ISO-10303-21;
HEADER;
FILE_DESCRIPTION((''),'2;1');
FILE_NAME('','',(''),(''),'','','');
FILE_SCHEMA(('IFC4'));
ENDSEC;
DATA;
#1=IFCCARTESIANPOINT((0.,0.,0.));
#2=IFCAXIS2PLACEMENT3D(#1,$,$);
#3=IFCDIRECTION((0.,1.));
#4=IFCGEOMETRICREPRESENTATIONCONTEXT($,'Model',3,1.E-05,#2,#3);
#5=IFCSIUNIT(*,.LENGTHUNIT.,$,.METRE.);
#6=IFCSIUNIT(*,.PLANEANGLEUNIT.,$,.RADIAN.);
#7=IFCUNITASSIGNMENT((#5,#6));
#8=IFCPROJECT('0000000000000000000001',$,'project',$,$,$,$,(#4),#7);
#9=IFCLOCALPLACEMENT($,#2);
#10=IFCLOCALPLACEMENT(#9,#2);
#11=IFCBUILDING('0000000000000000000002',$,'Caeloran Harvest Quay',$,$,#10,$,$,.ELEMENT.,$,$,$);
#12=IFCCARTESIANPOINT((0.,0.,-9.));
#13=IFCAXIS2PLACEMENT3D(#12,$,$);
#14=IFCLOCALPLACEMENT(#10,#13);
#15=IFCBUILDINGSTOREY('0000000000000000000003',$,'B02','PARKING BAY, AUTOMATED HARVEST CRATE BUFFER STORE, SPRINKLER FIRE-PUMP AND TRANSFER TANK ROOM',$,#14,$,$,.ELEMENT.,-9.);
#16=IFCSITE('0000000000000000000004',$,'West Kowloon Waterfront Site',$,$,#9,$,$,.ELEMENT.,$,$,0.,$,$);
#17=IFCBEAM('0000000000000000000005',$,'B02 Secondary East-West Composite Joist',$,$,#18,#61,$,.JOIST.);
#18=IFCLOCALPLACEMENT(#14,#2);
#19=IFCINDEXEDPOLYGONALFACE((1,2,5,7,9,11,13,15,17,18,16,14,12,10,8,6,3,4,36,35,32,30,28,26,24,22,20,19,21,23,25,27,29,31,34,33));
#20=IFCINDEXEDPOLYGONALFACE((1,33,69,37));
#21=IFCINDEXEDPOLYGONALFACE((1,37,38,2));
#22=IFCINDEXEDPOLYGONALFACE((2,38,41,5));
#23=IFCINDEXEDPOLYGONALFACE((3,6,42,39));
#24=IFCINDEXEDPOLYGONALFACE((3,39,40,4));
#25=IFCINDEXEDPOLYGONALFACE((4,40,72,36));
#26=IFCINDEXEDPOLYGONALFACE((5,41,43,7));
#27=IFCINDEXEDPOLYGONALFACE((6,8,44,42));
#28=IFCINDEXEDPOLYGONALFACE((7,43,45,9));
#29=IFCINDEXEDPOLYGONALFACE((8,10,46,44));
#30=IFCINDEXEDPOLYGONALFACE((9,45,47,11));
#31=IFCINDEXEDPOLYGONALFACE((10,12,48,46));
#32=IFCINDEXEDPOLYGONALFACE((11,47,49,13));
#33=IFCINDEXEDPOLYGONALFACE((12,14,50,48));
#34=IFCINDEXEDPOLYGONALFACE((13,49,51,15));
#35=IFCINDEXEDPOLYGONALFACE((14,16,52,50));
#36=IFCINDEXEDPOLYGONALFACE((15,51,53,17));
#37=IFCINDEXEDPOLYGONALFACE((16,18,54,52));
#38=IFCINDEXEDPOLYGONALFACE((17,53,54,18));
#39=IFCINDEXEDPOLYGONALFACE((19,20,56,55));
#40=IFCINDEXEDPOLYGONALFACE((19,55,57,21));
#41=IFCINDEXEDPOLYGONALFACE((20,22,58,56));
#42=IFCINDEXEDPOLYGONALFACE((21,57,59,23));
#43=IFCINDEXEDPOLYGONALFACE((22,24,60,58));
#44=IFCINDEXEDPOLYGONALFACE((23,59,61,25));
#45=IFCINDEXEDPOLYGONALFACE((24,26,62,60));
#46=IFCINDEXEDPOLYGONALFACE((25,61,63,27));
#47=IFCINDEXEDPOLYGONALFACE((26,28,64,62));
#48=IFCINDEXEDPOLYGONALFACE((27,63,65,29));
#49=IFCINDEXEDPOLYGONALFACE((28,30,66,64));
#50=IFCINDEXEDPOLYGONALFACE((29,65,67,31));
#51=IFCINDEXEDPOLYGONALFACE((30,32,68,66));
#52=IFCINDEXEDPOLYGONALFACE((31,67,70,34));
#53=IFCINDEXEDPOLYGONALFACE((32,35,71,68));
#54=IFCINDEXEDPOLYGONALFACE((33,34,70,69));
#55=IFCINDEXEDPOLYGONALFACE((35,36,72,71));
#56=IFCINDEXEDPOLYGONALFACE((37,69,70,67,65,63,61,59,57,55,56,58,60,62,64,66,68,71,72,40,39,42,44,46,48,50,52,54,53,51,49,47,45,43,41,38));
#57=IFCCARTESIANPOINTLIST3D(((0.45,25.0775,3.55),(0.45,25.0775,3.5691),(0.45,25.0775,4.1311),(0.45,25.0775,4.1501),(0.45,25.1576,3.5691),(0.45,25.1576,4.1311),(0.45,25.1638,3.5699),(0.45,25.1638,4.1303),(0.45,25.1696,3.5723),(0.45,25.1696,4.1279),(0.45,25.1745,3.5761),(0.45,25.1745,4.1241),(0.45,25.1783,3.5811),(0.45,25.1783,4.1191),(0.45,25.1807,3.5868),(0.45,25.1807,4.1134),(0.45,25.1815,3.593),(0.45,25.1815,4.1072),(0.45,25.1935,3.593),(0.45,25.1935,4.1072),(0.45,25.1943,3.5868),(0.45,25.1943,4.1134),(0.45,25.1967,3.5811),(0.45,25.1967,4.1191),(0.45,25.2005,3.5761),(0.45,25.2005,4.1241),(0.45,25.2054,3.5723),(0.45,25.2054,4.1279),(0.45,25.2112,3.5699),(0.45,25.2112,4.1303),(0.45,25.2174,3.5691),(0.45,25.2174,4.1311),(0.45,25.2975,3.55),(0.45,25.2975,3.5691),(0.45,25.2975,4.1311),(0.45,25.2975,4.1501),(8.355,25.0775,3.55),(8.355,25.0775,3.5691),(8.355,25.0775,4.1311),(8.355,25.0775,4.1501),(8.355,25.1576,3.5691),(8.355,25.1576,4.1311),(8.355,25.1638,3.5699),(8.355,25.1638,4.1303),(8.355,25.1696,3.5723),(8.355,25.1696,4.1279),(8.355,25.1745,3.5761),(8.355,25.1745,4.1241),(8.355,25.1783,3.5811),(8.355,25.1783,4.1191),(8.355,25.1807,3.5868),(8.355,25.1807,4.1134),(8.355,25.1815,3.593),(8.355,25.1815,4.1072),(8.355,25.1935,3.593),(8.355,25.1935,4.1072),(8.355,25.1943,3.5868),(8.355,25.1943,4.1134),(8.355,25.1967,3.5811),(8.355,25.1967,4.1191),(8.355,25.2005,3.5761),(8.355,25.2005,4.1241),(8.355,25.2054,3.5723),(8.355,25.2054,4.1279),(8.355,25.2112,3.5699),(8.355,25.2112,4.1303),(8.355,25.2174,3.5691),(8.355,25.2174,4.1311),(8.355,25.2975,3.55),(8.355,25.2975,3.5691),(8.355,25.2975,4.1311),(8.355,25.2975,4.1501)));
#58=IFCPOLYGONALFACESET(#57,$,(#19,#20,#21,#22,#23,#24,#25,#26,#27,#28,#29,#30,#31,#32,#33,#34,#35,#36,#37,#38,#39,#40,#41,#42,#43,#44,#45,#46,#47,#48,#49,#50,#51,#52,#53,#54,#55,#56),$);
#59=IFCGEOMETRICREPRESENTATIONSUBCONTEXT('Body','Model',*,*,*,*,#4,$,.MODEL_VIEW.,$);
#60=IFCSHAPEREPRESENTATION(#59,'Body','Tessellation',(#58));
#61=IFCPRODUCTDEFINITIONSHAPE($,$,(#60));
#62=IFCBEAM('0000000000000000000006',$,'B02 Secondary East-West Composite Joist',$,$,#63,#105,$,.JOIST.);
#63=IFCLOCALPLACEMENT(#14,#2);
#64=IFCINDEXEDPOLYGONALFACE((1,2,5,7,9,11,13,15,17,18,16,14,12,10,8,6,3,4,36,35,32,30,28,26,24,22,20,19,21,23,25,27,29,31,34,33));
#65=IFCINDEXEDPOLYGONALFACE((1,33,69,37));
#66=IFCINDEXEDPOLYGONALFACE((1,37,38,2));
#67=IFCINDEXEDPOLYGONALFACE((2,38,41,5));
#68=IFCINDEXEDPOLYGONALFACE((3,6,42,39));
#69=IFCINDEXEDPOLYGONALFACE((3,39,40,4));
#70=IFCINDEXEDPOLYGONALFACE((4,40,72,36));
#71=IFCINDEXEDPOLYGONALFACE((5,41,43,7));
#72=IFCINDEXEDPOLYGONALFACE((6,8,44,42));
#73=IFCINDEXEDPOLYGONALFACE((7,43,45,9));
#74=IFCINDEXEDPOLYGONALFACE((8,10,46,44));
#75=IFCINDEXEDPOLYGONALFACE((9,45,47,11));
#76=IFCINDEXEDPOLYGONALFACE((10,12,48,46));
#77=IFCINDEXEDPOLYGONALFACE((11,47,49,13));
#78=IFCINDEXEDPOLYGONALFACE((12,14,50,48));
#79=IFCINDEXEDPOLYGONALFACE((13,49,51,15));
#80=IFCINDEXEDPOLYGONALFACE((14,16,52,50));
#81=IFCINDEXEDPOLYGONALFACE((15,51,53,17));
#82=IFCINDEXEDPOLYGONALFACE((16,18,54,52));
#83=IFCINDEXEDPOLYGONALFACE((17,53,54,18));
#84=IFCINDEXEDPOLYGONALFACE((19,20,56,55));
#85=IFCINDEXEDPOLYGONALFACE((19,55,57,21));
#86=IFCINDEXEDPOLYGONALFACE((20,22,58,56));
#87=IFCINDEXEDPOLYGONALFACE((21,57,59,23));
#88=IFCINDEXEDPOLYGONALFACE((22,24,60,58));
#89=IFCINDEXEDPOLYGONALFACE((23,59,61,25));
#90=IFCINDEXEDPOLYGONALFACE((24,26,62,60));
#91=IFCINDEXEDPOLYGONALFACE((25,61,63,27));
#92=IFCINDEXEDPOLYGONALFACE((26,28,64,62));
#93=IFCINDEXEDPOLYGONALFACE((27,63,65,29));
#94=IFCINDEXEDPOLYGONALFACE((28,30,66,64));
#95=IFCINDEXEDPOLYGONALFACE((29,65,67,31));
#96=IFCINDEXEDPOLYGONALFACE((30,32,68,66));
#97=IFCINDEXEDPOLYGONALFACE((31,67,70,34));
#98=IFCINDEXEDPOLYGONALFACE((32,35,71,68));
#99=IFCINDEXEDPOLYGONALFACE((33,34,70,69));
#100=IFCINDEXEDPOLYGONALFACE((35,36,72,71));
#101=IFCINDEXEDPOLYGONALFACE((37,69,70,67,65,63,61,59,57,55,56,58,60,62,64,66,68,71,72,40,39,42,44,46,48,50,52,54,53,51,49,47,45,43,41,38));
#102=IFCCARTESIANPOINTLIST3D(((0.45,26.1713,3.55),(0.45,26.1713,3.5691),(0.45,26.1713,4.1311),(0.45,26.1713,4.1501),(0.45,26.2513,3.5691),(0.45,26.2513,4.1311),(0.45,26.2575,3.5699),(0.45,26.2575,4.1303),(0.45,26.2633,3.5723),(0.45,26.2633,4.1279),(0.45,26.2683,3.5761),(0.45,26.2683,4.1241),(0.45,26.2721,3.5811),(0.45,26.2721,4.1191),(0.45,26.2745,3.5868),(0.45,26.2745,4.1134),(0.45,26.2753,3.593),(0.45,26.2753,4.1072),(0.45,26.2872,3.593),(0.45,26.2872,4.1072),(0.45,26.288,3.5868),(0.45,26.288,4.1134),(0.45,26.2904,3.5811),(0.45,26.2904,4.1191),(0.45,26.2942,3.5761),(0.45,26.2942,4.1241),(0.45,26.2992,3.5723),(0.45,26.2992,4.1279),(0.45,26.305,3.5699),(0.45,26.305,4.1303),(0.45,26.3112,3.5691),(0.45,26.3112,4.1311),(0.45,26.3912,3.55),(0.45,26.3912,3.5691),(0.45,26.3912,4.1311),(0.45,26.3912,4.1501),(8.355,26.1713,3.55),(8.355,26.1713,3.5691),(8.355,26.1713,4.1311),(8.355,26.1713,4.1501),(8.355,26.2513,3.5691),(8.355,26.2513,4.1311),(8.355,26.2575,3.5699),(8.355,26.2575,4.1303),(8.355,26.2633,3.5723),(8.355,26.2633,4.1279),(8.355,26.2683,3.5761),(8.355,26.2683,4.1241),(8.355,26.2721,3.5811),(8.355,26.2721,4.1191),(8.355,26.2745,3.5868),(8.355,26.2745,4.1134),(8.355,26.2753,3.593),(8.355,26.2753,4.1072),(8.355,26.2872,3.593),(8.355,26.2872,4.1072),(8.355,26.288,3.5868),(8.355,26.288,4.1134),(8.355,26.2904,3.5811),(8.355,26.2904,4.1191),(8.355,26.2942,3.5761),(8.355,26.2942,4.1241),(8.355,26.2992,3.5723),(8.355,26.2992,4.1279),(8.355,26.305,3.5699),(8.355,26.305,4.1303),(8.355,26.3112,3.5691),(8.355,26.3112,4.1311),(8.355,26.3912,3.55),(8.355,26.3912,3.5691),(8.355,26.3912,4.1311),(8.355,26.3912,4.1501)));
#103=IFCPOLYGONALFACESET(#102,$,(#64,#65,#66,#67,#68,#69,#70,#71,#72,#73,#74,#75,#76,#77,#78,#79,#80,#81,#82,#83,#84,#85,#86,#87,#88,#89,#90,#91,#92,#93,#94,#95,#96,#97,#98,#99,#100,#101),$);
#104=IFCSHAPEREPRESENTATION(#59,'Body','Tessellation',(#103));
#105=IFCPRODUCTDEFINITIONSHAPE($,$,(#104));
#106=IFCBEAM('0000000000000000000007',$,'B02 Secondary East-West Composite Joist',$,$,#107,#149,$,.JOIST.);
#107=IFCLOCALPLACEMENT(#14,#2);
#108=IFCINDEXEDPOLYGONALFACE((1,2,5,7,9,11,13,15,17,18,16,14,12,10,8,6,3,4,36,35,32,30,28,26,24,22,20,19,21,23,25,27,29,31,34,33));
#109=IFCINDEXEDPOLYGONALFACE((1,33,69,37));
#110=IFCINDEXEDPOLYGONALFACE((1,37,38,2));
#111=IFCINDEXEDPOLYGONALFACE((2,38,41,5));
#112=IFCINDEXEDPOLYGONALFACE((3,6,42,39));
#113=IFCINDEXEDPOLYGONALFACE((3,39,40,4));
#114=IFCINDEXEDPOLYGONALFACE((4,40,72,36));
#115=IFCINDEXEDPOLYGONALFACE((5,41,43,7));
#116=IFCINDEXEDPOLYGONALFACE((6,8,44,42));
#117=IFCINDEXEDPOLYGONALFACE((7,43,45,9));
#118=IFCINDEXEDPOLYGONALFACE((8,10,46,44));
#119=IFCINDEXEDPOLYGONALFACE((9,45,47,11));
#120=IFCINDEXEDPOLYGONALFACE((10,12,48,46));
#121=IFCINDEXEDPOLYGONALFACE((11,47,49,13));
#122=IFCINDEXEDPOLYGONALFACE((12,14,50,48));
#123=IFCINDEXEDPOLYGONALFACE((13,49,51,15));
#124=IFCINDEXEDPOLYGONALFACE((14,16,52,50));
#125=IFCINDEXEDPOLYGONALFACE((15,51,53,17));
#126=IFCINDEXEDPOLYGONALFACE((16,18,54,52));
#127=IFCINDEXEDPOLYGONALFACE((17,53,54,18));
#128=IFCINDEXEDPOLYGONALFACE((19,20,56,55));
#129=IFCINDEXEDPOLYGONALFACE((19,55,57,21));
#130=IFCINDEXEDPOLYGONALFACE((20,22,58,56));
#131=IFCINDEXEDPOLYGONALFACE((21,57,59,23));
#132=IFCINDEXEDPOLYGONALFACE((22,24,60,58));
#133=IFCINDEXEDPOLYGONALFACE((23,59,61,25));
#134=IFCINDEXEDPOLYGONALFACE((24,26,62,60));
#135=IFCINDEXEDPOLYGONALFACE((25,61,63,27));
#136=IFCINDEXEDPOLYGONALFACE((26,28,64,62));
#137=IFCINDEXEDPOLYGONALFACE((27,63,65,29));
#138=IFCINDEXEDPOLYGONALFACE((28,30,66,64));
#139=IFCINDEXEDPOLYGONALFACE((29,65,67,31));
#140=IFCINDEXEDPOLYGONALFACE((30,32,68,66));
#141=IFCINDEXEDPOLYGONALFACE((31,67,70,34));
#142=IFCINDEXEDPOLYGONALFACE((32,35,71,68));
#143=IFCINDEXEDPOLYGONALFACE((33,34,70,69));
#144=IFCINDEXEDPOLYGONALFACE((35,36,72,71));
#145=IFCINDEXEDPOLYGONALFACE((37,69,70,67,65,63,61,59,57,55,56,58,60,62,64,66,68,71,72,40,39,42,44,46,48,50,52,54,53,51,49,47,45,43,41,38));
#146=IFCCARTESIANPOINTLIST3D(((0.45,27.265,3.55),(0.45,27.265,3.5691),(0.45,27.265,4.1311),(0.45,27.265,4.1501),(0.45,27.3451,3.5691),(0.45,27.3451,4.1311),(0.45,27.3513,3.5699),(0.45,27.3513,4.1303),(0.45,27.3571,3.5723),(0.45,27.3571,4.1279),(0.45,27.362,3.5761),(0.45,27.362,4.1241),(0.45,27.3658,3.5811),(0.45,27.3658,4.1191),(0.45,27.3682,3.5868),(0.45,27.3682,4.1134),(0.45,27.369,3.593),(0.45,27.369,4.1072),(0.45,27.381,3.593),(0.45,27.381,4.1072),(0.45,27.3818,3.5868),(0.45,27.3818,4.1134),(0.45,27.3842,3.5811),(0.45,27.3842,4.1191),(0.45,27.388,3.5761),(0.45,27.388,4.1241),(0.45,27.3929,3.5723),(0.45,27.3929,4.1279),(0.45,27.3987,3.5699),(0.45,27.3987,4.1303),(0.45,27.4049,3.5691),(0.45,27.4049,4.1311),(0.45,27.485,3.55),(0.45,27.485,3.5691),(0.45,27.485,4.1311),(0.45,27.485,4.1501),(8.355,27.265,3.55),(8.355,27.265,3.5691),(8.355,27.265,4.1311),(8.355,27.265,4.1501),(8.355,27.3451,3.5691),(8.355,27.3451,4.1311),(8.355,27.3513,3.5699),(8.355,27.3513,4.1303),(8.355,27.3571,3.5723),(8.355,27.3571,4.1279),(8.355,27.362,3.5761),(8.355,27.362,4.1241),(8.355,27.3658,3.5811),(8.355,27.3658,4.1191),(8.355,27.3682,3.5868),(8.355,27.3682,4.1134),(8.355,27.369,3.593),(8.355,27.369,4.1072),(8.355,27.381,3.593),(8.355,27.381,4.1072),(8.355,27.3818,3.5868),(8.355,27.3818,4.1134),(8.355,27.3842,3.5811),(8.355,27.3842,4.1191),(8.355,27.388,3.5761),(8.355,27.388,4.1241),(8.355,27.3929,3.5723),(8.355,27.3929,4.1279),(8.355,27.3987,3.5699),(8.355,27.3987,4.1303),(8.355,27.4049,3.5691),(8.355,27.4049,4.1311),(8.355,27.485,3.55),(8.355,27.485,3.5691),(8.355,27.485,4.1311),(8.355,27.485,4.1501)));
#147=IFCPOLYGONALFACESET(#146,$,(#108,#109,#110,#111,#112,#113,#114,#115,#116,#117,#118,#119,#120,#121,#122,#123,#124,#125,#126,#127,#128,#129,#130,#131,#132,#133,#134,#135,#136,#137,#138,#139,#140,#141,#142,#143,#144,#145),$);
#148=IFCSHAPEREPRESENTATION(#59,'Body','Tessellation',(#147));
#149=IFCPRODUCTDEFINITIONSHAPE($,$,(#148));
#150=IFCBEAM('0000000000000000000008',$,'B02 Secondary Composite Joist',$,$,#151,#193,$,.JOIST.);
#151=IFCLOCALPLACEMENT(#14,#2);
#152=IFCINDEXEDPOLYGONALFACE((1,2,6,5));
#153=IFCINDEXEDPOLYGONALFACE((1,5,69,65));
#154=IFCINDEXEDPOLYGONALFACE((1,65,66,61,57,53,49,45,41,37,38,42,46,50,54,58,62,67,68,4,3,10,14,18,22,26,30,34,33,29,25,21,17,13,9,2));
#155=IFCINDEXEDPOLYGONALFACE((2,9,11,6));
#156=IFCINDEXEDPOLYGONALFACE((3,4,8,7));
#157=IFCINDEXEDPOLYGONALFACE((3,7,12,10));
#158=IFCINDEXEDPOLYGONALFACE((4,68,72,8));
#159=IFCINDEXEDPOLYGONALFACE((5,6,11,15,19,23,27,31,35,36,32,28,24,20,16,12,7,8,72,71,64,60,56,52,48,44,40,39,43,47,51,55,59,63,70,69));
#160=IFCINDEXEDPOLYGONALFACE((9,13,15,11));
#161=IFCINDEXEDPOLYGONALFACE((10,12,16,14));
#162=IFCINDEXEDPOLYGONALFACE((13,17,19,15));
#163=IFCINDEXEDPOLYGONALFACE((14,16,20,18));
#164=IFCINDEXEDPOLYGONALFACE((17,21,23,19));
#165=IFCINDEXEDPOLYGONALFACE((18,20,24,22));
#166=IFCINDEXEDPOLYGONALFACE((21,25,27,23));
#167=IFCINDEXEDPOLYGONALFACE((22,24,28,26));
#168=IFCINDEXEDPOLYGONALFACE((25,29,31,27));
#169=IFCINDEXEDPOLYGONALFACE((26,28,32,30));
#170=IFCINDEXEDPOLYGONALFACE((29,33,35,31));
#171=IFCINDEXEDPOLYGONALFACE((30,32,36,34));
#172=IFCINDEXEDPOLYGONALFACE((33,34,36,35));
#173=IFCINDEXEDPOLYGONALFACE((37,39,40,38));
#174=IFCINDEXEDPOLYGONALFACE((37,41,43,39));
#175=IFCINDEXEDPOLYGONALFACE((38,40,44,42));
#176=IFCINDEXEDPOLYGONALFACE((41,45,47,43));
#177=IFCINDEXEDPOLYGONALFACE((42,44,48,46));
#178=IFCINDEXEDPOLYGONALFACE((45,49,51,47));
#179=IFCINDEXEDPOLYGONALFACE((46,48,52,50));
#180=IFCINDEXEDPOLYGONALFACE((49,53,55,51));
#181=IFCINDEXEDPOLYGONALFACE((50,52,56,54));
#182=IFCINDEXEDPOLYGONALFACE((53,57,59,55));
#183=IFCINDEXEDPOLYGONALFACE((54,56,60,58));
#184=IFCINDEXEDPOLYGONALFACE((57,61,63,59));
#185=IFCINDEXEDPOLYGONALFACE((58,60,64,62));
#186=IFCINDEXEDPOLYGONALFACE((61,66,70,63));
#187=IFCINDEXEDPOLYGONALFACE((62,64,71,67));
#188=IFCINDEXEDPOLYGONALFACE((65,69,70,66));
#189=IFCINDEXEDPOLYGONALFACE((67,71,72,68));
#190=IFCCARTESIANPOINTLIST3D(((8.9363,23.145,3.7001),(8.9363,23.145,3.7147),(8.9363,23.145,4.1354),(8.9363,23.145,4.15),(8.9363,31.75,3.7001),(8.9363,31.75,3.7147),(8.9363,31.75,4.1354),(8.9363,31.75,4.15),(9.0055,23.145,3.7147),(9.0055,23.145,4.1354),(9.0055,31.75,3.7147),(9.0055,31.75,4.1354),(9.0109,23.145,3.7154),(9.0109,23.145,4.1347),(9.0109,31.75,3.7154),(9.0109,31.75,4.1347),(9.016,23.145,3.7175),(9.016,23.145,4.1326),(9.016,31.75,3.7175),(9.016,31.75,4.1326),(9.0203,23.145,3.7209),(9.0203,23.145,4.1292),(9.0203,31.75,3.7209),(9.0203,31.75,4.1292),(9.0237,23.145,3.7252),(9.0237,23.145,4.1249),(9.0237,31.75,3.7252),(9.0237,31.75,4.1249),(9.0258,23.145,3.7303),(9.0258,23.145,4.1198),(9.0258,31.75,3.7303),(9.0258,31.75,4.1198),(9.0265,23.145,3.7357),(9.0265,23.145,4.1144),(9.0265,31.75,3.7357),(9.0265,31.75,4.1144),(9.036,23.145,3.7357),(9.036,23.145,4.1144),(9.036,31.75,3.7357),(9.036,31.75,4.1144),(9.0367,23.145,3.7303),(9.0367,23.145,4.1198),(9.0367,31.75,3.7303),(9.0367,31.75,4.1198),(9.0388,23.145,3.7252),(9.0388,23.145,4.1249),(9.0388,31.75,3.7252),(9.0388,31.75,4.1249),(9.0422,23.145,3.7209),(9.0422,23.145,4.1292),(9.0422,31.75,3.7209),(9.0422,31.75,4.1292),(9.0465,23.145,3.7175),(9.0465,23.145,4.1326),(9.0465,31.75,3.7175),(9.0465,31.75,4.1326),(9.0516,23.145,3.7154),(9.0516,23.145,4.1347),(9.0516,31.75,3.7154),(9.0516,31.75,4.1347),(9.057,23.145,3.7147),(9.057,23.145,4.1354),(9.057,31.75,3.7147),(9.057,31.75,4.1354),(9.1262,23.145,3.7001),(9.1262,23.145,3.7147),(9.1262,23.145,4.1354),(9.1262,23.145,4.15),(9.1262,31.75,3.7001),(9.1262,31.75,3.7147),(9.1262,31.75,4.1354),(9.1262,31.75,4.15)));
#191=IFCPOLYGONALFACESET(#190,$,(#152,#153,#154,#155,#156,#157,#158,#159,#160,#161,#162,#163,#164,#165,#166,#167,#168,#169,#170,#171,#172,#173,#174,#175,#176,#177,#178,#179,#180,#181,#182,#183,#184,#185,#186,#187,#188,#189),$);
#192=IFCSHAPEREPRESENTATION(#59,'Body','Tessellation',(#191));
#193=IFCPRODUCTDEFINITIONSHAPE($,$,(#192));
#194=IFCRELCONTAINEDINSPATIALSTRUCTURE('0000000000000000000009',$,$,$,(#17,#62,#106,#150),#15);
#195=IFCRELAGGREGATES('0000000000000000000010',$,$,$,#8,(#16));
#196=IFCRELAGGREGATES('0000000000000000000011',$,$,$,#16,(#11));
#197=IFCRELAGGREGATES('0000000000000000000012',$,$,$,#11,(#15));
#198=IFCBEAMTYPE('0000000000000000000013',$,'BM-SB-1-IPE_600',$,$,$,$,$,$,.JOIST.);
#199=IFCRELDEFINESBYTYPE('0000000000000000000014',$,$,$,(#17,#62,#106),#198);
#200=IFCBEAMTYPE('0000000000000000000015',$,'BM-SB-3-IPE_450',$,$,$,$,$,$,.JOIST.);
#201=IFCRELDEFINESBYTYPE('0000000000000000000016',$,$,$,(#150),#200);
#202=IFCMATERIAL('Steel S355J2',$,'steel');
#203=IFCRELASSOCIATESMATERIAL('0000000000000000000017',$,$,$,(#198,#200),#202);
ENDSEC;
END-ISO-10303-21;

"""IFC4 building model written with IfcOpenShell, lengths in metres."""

from ifc_helpers import new_model, si_unit, direction, frame, origin, origin_2d, place, context, subcontext, project, spatial, i_section, extrude, material, material_profile, profile_set, type_object, element, save


model = new_model("IFC4")

# Units and contexts
model_context = context("Model", 3, precision=1e-05, world=origin(), true_north=direction((0.0, 1.0)))
body_context = subcontext(model_context, "Body", "Model", "MODEL_VIEW")
ifc_project = project(units=[si_unit("LENGTHUNIT", "METRE"), si_unit("PLANEANGLEUNIT", "RADIAN")], contexts=[model_context])

# Site, building, storey
site_placement = place(None, origin())
site = spatial("IfcSite", under=ifc_project, at=site_placement, Name="West Kowloon Waterfront Site", CompositionType="ELEMENT", RefElevation=0.0)
building_placement = place(site_placement, origin())
building = spatial("IfcBuilding", under=site, at=building_placement, Name="Caeloran Harvest Quay", CompositionType="ELEMENT")
storey_placement = place(building_placement, frame((0.0, 0.0, -9.0)))
storey = spatial("IfcBuildingStorey", under=building, at=storey_placement, Name="B02", Description="PARKING BAY, AUTOMATED HARVEST CRATE BUFFER STORE, SPRINKLER FIRE-PUMP AND TRANSFER TANK ROOM", CompositionType="ELEMENT", Elevation=-9.0)

# Beams
ifc_material_1 = material(Name="Steel S355J2", Category="steel")
ifc_material_profile_1 = material_profile(ifc_material_1, i_section(OverallWidth=0.22, OverallDepth=0.6001, WebThickness=0.012, FlangeThickness=0.019, FilletRadius=0.0239, at=origin_2d()), Name="IPE 600")
ifc_profile_set_1 = profile_set([ifc_material_profile_1], Name="Steel S355J2")
beam_type_1 = type_object("IfcBeamType", Name="BM-SB-1-IPE_600", PredefinedType="JOIST", material=ifc_profile_set_1)
for number, where, z_axis, x_axis, name in (
    (1, (0.45, 25.1875, 3.8501), (1.0, 0.0, 0.0), (0.0, 1.0, 0.0), "B02 Secondary East-West Composite Joist"),
    (2, (0.45, 26.2812, 3.8501), (1.0, 0.0, 0.0), (0.0, 1.0, 0.0), "B02 Secondary East-West Composite Joist"),
    (3, (0.45, 27.375, 3.8501), (1.0, 0.0, 0.0), (0.0, 1.0, 0.0), "B02 Secondary East-West Composite Joist"),
):
    element("IfcBeam", number, at=place(storey_placement, frame(where, z_axis=z_axis, x_axis=x_axis)), inside=storey, type_object=beam_type_1, Name=name, PredefinedType="JOIST", context=body_context, shape_type="SweptSolid", body=[
        extrude(i_section(OverallWidth=0.22, OverallDepth=0.6001, WebThickness=0.012, FlangeThickness=0.019, FilletRadius=0.0239, at=origin_2d()), origin(), (0.0, 0.0, 1.0), 7.905),
    ])
ifc_material_profile_2 = material_profile(ifc_material_1, i_section(OverallWidth=0.1899, OverallDepth=0.45, WebThickness=0.0095, FlangeThickness=0.0146, FilletRadius=0.021, at=origin_2d()), Name="IPE 450")
ifc_profile_set_2 = profile_set([ifc_material_profile_2], Name="Steel S355J2")
beam_type_2 = type_object("IfcBeamType", Name="BM-SB-3-IPE_450", PredefinedType="JOIST", material=ifc_profile_set_2)
beam_1_placement = place(storey_placement, frame((9.0312, 23.145, 3.925), z_axis=(0.0, 1.0, 0.0), x_axis=(-1.0, 0.0, 0.0)))
element("IfcBeam", 4, at=beam_1_placement, inside=storey, type_object=beam_type_2, Name="B02 Secondary Composite Joist", PredefinedType="JOIST", context=body_context, shape_type="SweptSolid", body=[
    extrude(i_section(OverallWidth=0.1899, OverallDepth=0.45, WebThickness=0.0095, FlangeThickness=0.0146, FilletRadius=0.021, at=origin_2d()), origin(), (0.0, 0.0, 1.0), 8.605),
])

save(model, "model.ifc")
